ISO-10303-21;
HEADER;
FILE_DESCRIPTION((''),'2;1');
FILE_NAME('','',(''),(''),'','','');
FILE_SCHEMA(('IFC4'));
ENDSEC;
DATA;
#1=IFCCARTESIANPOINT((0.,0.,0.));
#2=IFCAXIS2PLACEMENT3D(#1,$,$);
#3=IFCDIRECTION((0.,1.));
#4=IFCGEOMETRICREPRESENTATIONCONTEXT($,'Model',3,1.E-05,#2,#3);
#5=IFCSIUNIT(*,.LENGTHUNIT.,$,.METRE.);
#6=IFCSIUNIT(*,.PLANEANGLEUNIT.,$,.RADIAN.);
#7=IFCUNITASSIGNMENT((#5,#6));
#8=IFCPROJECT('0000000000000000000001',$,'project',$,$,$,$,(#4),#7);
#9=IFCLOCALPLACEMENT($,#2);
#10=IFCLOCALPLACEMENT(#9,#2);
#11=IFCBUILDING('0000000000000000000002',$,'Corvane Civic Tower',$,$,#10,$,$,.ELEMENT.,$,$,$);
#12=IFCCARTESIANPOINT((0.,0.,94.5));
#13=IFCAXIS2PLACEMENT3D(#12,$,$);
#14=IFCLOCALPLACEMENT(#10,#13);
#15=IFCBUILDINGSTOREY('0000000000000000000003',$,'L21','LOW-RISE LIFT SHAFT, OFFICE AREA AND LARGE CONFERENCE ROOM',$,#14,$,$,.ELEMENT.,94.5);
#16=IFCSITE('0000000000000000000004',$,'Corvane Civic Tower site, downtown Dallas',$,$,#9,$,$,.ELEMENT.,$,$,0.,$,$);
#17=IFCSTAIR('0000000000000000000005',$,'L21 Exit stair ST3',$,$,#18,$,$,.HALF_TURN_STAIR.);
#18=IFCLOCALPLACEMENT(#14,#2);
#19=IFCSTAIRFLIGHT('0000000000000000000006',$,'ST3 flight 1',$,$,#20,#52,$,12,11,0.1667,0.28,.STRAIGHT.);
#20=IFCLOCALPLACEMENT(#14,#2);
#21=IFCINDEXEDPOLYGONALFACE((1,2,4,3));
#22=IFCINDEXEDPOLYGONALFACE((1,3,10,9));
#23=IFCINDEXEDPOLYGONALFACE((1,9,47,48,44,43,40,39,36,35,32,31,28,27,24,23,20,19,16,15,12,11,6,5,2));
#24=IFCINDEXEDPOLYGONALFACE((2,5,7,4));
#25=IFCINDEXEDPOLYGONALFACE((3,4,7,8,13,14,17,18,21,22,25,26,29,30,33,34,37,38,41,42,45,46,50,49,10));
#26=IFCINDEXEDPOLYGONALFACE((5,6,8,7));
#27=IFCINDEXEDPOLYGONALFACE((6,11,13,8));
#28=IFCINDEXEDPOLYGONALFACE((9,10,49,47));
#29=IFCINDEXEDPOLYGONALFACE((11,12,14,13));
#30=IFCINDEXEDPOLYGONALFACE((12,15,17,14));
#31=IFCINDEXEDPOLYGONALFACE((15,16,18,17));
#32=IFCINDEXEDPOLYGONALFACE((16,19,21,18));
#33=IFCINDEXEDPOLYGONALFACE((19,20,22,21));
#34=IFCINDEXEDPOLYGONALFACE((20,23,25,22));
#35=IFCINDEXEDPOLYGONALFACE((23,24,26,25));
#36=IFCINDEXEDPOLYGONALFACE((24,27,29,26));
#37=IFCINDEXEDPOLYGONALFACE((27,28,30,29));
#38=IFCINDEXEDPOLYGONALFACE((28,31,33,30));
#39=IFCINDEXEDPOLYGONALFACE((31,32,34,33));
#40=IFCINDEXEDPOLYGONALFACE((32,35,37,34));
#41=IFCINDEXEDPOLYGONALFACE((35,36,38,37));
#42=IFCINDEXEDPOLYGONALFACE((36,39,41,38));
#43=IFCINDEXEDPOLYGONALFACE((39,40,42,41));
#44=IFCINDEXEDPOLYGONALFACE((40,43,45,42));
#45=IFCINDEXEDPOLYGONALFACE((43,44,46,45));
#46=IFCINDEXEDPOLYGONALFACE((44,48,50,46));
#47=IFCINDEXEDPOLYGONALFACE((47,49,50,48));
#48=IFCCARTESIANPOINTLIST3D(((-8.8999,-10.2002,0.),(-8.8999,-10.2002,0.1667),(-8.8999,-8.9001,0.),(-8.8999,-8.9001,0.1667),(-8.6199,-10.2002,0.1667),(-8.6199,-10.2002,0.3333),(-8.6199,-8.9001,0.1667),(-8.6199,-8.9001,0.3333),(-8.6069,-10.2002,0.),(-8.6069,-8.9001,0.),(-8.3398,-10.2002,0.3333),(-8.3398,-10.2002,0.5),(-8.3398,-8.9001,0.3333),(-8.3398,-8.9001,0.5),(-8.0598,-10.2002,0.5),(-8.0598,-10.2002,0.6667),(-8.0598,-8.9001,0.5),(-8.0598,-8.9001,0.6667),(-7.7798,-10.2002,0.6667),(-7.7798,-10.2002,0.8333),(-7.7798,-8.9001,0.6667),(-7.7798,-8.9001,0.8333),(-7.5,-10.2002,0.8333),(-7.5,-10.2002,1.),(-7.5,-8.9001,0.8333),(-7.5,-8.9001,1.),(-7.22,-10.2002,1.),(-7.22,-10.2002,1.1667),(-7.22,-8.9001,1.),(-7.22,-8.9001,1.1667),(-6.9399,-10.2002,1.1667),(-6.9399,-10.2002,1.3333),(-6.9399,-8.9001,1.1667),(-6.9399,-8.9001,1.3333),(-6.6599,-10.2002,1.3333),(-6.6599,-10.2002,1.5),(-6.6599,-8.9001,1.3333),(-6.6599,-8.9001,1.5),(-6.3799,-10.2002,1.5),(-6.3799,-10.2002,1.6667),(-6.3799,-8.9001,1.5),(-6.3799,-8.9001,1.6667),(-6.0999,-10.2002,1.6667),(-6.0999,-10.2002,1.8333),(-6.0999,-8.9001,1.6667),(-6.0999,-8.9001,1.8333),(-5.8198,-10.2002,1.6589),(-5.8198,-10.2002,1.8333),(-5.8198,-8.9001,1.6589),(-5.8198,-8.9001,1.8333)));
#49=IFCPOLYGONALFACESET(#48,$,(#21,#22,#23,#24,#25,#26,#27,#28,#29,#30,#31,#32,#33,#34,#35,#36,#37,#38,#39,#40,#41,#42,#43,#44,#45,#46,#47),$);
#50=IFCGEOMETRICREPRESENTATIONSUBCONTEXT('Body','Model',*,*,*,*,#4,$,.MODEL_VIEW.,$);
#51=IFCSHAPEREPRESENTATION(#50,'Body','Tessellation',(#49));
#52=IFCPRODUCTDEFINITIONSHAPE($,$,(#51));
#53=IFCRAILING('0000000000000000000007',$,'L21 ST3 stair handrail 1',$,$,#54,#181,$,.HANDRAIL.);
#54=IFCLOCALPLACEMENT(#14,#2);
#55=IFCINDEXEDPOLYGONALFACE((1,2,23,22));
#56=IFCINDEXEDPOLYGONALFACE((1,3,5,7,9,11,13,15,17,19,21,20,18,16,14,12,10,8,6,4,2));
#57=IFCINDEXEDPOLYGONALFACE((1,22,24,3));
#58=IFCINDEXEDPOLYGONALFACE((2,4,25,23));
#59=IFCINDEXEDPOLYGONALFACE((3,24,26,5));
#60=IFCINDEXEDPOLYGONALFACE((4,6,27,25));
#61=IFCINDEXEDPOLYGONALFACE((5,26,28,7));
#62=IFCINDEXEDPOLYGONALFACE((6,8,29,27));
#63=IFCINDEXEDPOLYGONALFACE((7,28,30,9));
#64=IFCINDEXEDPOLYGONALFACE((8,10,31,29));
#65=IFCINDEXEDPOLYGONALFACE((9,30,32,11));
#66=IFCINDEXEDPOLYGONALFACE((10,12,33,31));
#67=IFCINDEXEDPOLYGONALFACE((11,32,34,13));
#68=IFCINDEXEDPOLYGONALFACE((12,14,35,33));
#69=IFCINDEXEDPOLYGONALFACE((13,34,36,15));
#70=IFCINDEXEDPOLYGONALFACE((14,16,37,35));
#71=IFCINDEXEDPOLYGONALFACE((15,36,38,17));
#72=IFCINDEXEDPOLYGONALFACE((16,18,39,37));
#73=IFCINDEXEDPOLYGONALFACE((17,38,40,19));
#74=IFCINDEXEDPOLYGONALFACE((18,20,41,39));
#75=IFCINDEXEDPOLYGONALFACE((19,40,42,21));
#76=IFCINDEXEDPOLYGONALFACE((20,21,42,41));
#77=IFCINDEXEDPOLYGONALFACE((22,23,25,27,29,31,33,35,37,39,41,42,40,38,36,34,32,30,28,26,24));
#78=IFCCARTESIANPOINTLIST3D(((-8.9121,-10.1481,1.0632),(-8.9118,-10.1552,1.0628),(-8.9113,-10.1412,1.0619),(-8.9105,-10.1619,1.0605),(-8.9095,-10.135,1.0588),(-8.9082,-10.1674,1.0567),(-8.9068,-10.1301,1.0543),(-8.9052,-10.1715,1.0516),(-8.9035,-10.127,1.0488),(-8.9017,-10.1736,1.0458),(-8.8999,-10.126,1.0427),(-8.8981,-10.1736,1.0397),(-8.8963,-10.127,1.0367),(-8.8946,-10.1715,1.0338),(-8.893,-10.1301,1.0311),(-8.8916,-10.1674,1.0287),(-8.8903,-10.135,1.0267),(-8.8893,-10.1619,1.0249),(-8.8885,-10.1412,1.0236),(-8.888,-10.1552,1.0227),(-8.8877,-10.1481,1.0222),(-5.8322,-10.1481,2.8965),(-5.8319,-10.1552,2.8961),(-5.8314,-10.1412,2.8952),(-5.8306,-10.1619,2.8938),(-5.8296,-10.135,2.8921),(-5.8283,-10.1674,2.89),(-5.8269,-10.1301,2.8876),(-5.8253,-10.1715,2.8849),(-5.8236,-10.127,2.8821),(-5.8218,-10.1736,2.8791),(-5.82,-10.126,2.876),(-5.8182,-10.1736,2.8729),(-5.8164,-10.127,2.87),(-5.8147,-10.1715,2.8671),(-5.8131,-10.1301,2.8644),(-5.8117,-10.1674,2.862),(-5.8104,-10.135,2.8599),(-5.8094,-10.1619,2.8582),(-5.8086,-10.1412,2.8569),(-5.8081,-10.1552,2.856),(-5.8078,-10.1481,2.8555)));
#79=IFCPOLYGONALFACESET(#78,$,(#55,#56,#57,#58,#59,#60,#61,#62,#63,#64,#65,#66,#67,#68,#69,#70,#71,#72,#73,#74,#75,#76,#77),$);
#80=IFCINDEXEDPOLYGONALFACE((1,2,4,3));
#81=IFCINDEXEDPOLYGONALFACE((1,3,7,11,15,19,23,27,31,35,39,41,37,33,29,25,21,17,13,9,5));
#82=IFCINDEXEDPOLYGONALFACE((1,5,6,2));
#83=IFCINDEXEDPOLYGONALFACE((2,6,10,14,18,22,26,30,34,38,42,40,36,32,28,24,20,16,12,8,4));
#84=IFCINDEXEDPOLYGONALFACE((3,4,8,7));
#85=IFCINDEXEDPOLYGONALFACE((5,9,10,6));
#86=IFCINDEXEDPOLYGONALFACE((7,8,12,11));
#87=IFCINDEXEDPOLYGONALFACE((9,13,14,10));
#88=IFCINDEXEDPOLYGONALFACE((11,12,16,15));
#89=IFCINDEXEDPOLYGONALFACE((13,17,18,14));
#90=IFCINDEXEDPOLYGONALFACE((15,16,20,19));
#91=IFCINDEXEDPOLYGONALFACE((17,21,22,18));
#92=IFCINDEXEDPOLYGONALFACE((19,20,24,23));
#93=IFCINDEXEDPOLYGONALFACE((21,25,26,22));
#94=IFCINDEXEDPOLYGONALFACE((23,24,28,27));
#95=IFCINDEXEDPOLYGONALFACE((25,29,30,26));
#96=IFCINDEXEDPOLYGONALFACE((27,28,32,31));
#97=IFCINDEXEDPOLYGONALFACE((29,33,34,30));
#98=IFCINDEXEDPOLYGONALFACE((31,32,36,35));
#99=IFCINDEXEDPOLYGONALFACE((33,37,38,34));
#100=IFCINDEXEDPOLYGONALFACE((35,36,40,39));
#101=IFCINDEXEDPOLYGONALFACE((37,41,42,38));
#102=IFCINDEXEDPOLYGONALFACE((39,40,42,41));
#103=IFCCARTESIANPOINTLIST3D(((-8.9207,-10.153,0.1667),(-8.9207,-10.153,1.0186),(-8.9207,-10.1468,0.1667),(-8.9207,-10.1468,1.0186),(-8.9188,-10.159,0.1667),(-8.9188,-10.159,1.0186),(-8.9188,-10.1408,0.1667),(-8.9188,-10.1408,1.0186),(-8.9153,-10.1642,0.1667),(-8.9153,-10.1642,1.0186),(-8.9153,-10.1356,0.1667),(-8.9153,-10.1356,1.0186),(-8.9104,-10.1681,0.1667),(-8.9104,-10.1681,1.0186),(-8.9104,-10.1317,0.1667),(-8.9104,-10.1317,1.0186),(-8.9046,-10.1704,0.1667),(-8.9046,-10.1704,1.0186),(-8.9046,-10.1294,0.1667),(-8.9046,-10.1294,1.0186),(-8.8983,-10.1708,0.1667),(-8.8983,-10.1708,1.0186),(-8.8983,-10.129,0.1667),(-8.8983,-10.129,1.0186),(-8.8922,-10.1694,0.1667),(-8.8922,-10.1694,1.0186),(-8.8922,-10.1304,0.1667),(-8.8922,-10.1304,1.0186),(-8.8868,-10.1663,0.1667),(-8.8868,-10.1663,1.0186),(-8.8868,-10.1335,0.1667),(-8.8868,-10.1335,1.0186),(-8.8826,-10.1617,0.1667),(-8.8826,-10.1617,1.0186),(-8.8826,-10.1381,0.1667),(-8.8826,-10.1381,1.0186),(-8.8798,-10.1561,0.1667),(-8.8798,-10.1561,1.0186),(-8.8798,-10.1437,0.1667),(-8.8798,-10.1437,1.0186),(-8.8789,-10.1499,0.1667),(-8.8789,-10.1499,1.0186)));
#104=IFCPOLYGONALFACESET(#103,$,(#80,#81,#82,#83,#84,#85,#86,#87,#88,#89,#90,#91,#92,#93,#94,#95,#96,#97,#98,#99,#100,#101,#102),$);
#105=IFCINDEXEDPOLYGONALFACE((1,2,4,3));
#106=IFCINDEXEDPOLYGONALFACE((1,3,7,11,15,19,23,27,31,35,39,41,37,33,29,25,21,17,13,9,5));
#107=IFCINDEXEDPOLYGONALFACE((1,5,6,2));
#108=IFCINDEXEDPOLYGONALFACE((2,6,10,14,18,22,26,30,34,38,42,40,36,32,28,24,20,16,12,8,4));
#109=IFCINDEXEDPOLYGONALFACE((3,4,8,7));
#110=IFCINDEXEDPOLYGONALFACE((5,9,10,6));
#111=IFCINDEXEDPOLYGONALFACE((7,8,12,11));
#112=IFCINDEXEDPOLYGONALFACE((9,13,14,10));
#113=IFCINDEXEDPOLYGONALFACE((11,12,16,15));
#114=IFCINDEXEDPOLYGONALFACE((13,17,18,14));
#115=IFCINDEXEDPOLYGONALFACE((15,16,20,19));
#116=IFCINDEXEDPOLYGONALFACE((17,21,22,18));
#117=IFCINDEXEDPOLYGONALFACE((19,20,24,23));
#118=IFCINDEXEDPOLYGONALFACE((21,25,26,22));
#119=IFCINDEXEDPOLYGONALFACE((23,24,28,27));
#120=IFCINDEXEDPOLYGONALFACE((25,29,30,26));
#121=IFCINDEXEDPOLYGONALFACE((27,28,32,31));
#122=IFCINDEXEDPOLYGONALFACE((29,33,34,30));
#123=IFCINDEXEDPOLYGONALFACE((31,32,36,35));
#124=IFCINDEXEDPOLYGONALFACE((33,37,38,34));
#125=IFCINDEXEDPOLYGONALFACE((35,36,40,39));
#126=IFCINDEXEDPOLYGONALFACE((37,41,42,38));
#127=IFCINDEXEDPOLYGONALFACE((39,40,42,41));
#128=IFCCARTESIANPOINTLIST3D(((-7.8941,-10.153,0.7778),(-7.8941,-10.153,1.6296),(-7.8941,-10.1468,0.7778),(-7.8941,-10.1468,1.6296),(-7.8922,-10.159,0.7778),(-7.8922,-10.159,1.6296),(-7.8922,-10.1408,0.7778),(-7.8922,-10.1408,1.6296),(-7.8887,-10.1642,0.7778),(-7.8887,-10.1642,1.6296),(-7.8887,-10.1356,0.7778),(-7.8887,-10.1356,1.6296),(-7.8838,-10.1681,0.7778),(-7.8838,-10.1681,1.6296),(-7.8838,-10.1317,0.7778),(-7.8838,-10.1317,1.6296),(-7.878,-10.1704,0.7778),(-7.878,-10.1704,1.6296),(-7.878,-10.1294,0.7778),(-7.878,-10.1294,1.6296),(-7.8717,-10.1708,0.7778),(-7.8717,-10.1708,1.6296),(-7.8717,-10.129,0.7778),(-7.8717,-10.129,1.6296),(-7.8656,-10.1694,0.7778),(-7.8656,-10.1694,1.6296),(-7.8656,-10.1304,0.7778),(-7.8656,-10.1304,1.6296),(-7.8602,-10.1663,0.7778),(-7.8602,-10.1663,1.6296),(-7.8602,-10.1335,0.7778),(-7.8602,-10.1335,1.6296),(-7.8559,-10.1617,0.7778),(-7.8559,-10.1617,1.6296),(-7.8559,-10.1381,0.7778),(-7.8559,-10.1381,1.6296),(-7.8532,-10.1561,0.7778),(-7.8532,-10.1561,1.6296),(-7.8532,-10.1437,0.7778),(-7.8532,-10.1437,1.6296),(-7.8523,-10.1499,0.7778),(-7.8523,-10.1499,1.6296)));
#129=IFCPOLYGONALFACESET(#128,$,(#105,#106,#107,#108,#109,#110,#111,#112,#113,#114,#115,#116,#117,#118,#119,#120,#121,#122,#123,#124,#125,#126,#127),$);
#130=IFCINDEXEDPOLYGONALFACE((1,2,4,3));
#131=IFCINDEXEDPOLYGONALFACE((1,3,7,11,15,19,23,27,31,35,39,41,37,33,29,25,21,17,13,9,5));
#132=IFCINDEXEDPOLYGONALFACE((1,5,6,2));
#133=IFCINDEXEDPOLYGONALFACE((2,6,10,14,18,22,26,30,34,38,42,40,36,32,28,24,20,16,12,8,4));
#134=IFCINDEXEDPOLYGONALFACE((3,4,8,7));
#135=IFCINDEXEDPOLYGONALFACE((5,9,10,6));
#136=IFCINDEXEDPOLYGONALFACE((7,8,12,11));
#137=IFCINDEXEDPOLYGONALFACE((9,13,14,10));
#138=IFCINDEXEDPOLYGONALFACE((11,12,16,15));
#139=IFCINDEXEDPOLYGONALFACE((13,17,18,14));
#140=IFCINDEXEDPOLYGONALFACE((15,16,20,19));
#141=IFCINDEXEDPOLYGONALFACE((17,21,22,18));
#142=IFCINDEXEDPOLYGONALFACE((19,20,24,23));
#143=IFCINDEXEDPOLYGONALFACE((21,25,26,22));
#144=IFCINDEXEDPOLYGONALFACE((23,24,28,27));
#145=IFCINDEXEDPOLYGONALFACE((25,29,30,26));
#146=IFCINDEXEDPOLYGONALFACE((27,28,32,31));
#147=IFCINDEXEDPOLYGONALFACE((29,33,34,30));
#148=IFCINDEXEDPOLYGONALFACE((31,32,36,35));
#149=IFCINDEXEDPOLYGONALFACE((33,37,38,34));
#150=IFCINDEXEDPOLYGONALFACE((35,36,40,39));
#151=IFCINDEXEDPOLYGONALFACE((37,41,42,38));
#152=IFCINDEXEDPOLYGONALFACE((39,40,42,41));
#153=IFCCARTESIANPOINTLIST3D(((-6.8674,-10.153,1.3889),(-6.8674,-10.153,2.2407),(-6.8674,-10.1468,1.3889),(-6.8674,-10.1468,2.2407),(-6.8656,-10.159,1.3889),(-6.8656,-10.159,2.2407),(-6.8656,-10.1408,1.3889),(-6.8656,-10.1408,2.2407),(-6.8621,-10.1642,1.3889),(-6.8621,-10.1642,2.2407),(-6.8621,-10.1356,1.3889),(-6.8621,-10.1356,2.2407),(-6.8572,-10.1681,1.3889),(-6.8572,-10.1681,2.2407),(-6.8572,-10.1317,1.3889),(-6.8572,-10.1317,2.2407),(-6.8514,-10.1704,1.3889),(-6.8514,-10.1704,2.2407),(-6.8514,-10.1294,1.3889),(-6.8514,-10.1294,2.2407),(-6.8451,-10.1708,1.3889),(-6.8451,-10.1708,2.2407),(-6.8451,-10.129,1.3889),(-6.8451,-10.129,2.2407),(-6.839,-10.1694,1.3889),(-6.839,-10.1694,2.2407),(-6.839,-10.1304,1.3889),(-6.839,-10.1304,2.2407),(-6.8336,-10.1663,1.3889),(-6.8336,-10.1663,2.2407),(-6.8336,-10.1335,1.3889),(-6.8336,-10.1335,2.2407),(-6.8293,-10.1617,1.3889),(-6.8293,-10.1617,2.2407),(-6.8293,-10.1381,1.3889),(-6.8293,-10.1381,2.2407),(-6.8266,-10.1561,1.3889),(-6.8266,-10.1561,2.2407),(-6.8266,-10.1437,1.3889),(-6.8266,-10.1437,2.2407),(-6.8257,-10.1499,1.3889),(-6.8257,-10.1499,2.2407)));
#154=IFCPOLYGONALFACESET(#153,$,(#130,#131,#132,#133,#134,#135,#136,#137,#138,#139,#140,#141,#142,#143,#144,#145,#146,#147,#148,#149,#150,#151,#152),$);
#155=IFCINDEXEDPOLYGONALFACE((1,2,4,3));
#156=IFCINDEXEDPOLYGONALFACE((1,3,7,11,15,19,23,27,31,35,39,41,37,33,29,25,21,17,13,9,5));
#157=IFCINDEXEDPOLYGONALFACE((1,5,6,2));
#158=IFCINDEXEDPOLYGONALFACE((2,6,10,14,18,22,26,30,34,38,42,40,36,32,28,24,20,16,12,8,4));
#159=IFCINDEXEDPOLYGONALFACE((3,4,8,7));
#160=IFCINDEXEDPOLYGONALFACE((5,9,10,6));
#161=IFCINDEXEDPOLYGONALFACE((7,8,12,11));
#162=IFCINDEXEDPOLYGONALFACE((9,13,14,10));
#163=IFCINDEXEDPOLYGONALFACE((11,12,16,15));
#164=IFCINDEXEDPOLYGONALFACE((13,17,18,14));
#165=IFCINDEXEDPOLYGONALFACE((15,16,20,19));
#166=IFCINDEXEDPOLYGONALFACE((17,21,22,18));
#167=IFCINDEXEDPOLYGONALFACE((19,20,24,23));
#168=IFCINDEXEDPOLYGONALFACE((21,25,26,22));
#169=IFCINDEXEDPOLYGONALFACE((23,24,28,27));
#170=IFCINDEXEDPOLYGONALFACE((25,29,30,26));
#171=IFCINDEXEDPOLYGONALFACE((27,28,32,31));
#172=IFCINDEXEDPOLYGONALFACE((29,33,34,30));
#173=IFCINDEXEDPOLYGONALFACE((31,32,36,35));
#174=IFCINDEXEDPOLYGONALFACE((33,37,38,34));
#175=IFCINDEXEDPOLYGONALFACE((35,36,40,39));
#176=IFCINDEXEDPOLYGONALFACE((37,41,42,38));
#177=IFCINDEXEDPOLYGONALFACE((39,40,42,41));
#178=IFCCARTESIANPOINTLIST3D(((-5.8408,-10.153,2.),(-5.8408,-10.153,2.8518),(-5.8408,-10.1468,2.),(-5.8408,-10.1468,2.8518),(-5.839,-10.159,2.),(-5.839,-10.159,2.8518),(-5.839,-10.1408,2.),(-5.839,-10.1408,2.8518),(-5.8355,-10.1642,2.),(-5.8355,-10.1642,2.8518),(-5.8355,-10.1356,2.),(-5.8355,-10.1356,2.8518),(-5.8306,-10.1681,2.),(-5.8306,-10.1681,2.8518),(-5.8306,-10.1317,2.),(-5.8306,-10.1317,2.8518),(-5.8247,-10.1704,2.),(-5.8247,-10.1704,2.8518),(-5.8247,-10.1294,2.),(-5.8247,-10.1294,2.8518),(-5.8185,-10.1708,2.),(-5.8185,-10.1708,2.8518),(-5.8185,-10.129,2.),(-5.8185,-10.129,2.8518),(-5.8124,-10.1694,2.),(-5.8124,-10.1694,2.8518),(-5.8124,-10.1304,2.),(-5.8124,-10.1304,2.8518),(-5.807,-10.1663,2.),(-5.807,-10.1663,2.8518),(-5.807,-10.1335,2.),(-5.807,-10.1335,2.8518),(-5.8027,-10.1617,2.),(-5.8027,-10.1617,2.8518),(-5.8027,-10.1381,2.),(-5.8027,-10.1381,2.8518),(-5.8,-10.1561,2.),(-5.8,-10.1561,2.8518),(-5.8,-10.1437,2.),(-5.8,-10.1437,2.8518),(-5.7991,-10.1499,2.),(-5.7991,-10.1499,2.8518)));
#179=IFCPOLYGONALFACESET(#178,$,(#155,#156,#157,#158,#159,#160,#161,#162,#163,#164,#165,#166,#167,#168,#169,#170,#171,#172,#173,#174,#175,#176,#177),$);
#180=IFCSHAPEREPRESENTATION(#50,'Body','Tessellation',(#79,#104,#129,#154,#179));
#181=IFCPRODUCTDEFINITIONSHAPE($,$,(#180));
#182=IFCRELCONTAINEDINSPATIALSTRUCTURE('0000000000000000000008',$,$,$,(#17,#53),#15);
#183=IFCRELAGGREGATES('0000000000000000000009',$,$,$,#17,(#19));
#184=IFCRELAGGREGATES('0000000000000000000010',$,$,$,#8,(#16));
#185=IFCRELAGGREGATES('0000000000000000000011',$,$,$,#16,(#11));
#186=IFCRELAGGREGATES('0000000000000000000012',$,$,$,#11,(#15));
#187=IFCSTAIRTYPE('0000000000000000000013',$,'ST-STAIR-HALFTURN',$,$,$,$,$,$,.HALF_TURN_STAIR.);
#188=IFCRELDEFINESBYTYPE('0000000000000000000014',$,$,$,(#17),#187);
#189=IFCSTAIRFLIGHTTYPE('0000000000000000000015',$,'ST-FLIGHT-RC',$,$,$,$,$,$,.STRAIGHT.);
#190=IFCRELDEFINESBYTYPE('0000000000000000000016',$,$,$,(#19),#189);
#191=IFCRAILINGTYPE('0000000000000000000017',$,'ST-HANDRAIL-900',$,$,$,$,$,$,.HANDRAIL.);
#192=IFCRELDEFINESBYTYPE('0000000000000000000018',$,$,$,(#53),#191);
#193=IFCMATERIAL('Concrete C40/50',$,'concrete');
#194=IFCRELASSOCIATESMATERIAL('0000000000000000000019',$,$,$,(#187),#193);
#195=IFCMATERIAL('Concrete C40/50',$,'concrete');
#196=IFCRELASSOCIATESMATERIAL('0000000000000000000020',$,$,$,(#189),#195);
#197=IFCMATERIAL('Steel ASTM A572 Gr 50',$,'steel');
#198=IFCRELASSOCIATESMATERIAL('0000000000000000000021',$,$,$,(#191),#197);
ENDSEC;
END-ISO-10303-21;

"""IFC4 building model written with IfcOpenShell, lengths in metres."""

from ifc_helpers import new_model, si_unit, direction, frame, origin, origin_2d, place, context, subcontext, project, spatial, polyline, circle, outline, extrude, material, type_object, element, aggregate, save


model = new_model("IFC4")

# Units and contexts
model_context = context("Model", 3, precision=1e-05, world=origin(), true_north=direction((0.0, 1.0)))
body_context = subcontext(model_context, "Body", "Model", "MODEL_VIEW")
ifc_project = project(units=[si_unit("LENGTHUNIT", "METRE"), si_unit("PLANEANGLEUNIT", "RADIAN")], contexts=[model_context])

# Site, building, storey
site_placement = place(None, origin())
site = spatial("IfcSite", under=ifc_project, at=site_placement, Name="Corvane Civic Tower site, downtown Dallas", CompositionType="ELEMENT", RefElevation=0.0)
building_placement = place(site_placement, origin())
building = spatial("IfcBuilding", under=site, at=building_placement, Name="Corvane Civic Tower", CompositionType="ELEMENT")
storey_placement = place(building_placement, frame((0.0, 0.0, 94.5)))
storey = spatial("IfcBuildingStorey", under=building, at=storey_placement, Name="L21", Description="LOW-RISE LIFT SHAFT, OFFICE AREA AND LARGE CONFERENCE ROOM", CompositionType="ELEMENT", Elevation=94.5)

# Stair, stair flight
ifc_material_1 = material(Name="Concrete C40/50", Category="concrete")
stair_type = type_object("IfcStairType", Name="ST-STAIR-HALFTURN", PredefinedType="HALF_TURN_STAIR", material=ifc_material_1)
stair_placement = place(storey_placement, origin())
stair = element("IfcStair", 1, at=stair_placement, inside=storey, type_object=stair_type, Name="L21 Exit stair ST3", PredefinedType="HALF_TURN_STAIR")
ifc_material_2 = material(Name="Concrete C40/50", Category="concrete")
stair_flight_type = type_object("IfcStairFlightType", Name="ST-FLIGHT-RC", PredefinedType="STRAIGHT", material=ifc_material_2)
stair_flight_placement = place(storey_placement, frame((-8.8999, -9.55, 0.0), z_axis=(0.0, 0.0, 1.0), x_axis=(1.0, 0.0, 0.0)))
stair_flight = element("IfcStairFlight", 2, at=stair_flight_placement, type_object=stair_flight_type, Name="ST3 flight 1", NumberOfRisers=12, NumberOfTreads=11, PredefinedType="STRAIGHT", RiserHeight=0.1667, TreadLength=0.28, context=body_context, shape_type="SweptSolid", body=[
    extrude(outline(polyline([(0.0, 0.0), (0.0, 0.1667), (0.28, 0.1667), (0.28, 0.3333), (0.5601, 0.3333), (0.5601, 0.5), (0.8401, 0.5), (0.8401, 0.6667), (1.1201, 0.6667), (1.1201, 0.8333), (1.3999, 0.8333), (1.3999, 1.0), (1.6799, 1.0), (1.6799, 1.1667), (1.96, 1.1667), (1.96, 1.3333), (2.24, 1.3333), (2.24, 1.5), (2.52, 1.5), (2.52, 1.6667), (2.8, 1.6667), (2.8, 1.8333), (3.0801, 1.8333), (3.0801, 2.0), (3.0801, 1.6589), (0.293, 0.0), (0.0, 0.0)])), frame((0.0, 0.6499, 0.0), z_axis=(0.0, -1.0, 0.0), x_axis=(1.0, 0.0, 0.0)), (0.0, 0.0, 1.0), 1.3),
])
aggregate(stair, [stair_flight])

# Railing
ifc_material_3 = material(Name="Steel ASTM A572 Gr 50", Category="steel")
railing_type_1 = type_object("IfcRailingType", Name="ST-HANDRAIL-900", PredefinedType="HANDRAIL", material=ifc_material_3)
railing_1_placement = place(storey_placement, frame((-8.8999, -10.1499, 0.1667)))
element("IfcRailing", 3, at=railing_1_placement, inside=storey, type_object=railing_type_1, Name="L21 ST3 stair handrail 1", PredefinedType="HANDRAIL", context=body_context, shape_type="SweptSolid", body=[
    extrude(circle(Radius=0.0239, at=origin_2d()), frame((0.0, 0.0, 0.876), z_axis=(0.859291, 0.0, 0.511487), x_axis=(0.0, 1.0, 0.0)), (0.0, 0.0, 1.0), 3.5842),
    extrude(circle(Radius=0.021, at=origin_2d()), origin(), (0.0, 0.0, 1.0), 0.8518),
    extrude(circle(Radius=0.021, at=origin_2d()), frame((1.0266, 0.0, 0.6111)), (0.0, 0.0, 1.0), 0.8518),
    extrude(circle(Radius=0.021, at=origin_2d()), frame((2.0532, 0.0, 1.2222)), (0.0, 0.0, 1.0), 0.8518),
    extrude(circle(Radius=0.021, at=origin_2d()), frame((3.0798, 0.0, 1.8333)), (0.0, 0.0, 1.0), 0.8518),
])

save(model, "model.ifc")
